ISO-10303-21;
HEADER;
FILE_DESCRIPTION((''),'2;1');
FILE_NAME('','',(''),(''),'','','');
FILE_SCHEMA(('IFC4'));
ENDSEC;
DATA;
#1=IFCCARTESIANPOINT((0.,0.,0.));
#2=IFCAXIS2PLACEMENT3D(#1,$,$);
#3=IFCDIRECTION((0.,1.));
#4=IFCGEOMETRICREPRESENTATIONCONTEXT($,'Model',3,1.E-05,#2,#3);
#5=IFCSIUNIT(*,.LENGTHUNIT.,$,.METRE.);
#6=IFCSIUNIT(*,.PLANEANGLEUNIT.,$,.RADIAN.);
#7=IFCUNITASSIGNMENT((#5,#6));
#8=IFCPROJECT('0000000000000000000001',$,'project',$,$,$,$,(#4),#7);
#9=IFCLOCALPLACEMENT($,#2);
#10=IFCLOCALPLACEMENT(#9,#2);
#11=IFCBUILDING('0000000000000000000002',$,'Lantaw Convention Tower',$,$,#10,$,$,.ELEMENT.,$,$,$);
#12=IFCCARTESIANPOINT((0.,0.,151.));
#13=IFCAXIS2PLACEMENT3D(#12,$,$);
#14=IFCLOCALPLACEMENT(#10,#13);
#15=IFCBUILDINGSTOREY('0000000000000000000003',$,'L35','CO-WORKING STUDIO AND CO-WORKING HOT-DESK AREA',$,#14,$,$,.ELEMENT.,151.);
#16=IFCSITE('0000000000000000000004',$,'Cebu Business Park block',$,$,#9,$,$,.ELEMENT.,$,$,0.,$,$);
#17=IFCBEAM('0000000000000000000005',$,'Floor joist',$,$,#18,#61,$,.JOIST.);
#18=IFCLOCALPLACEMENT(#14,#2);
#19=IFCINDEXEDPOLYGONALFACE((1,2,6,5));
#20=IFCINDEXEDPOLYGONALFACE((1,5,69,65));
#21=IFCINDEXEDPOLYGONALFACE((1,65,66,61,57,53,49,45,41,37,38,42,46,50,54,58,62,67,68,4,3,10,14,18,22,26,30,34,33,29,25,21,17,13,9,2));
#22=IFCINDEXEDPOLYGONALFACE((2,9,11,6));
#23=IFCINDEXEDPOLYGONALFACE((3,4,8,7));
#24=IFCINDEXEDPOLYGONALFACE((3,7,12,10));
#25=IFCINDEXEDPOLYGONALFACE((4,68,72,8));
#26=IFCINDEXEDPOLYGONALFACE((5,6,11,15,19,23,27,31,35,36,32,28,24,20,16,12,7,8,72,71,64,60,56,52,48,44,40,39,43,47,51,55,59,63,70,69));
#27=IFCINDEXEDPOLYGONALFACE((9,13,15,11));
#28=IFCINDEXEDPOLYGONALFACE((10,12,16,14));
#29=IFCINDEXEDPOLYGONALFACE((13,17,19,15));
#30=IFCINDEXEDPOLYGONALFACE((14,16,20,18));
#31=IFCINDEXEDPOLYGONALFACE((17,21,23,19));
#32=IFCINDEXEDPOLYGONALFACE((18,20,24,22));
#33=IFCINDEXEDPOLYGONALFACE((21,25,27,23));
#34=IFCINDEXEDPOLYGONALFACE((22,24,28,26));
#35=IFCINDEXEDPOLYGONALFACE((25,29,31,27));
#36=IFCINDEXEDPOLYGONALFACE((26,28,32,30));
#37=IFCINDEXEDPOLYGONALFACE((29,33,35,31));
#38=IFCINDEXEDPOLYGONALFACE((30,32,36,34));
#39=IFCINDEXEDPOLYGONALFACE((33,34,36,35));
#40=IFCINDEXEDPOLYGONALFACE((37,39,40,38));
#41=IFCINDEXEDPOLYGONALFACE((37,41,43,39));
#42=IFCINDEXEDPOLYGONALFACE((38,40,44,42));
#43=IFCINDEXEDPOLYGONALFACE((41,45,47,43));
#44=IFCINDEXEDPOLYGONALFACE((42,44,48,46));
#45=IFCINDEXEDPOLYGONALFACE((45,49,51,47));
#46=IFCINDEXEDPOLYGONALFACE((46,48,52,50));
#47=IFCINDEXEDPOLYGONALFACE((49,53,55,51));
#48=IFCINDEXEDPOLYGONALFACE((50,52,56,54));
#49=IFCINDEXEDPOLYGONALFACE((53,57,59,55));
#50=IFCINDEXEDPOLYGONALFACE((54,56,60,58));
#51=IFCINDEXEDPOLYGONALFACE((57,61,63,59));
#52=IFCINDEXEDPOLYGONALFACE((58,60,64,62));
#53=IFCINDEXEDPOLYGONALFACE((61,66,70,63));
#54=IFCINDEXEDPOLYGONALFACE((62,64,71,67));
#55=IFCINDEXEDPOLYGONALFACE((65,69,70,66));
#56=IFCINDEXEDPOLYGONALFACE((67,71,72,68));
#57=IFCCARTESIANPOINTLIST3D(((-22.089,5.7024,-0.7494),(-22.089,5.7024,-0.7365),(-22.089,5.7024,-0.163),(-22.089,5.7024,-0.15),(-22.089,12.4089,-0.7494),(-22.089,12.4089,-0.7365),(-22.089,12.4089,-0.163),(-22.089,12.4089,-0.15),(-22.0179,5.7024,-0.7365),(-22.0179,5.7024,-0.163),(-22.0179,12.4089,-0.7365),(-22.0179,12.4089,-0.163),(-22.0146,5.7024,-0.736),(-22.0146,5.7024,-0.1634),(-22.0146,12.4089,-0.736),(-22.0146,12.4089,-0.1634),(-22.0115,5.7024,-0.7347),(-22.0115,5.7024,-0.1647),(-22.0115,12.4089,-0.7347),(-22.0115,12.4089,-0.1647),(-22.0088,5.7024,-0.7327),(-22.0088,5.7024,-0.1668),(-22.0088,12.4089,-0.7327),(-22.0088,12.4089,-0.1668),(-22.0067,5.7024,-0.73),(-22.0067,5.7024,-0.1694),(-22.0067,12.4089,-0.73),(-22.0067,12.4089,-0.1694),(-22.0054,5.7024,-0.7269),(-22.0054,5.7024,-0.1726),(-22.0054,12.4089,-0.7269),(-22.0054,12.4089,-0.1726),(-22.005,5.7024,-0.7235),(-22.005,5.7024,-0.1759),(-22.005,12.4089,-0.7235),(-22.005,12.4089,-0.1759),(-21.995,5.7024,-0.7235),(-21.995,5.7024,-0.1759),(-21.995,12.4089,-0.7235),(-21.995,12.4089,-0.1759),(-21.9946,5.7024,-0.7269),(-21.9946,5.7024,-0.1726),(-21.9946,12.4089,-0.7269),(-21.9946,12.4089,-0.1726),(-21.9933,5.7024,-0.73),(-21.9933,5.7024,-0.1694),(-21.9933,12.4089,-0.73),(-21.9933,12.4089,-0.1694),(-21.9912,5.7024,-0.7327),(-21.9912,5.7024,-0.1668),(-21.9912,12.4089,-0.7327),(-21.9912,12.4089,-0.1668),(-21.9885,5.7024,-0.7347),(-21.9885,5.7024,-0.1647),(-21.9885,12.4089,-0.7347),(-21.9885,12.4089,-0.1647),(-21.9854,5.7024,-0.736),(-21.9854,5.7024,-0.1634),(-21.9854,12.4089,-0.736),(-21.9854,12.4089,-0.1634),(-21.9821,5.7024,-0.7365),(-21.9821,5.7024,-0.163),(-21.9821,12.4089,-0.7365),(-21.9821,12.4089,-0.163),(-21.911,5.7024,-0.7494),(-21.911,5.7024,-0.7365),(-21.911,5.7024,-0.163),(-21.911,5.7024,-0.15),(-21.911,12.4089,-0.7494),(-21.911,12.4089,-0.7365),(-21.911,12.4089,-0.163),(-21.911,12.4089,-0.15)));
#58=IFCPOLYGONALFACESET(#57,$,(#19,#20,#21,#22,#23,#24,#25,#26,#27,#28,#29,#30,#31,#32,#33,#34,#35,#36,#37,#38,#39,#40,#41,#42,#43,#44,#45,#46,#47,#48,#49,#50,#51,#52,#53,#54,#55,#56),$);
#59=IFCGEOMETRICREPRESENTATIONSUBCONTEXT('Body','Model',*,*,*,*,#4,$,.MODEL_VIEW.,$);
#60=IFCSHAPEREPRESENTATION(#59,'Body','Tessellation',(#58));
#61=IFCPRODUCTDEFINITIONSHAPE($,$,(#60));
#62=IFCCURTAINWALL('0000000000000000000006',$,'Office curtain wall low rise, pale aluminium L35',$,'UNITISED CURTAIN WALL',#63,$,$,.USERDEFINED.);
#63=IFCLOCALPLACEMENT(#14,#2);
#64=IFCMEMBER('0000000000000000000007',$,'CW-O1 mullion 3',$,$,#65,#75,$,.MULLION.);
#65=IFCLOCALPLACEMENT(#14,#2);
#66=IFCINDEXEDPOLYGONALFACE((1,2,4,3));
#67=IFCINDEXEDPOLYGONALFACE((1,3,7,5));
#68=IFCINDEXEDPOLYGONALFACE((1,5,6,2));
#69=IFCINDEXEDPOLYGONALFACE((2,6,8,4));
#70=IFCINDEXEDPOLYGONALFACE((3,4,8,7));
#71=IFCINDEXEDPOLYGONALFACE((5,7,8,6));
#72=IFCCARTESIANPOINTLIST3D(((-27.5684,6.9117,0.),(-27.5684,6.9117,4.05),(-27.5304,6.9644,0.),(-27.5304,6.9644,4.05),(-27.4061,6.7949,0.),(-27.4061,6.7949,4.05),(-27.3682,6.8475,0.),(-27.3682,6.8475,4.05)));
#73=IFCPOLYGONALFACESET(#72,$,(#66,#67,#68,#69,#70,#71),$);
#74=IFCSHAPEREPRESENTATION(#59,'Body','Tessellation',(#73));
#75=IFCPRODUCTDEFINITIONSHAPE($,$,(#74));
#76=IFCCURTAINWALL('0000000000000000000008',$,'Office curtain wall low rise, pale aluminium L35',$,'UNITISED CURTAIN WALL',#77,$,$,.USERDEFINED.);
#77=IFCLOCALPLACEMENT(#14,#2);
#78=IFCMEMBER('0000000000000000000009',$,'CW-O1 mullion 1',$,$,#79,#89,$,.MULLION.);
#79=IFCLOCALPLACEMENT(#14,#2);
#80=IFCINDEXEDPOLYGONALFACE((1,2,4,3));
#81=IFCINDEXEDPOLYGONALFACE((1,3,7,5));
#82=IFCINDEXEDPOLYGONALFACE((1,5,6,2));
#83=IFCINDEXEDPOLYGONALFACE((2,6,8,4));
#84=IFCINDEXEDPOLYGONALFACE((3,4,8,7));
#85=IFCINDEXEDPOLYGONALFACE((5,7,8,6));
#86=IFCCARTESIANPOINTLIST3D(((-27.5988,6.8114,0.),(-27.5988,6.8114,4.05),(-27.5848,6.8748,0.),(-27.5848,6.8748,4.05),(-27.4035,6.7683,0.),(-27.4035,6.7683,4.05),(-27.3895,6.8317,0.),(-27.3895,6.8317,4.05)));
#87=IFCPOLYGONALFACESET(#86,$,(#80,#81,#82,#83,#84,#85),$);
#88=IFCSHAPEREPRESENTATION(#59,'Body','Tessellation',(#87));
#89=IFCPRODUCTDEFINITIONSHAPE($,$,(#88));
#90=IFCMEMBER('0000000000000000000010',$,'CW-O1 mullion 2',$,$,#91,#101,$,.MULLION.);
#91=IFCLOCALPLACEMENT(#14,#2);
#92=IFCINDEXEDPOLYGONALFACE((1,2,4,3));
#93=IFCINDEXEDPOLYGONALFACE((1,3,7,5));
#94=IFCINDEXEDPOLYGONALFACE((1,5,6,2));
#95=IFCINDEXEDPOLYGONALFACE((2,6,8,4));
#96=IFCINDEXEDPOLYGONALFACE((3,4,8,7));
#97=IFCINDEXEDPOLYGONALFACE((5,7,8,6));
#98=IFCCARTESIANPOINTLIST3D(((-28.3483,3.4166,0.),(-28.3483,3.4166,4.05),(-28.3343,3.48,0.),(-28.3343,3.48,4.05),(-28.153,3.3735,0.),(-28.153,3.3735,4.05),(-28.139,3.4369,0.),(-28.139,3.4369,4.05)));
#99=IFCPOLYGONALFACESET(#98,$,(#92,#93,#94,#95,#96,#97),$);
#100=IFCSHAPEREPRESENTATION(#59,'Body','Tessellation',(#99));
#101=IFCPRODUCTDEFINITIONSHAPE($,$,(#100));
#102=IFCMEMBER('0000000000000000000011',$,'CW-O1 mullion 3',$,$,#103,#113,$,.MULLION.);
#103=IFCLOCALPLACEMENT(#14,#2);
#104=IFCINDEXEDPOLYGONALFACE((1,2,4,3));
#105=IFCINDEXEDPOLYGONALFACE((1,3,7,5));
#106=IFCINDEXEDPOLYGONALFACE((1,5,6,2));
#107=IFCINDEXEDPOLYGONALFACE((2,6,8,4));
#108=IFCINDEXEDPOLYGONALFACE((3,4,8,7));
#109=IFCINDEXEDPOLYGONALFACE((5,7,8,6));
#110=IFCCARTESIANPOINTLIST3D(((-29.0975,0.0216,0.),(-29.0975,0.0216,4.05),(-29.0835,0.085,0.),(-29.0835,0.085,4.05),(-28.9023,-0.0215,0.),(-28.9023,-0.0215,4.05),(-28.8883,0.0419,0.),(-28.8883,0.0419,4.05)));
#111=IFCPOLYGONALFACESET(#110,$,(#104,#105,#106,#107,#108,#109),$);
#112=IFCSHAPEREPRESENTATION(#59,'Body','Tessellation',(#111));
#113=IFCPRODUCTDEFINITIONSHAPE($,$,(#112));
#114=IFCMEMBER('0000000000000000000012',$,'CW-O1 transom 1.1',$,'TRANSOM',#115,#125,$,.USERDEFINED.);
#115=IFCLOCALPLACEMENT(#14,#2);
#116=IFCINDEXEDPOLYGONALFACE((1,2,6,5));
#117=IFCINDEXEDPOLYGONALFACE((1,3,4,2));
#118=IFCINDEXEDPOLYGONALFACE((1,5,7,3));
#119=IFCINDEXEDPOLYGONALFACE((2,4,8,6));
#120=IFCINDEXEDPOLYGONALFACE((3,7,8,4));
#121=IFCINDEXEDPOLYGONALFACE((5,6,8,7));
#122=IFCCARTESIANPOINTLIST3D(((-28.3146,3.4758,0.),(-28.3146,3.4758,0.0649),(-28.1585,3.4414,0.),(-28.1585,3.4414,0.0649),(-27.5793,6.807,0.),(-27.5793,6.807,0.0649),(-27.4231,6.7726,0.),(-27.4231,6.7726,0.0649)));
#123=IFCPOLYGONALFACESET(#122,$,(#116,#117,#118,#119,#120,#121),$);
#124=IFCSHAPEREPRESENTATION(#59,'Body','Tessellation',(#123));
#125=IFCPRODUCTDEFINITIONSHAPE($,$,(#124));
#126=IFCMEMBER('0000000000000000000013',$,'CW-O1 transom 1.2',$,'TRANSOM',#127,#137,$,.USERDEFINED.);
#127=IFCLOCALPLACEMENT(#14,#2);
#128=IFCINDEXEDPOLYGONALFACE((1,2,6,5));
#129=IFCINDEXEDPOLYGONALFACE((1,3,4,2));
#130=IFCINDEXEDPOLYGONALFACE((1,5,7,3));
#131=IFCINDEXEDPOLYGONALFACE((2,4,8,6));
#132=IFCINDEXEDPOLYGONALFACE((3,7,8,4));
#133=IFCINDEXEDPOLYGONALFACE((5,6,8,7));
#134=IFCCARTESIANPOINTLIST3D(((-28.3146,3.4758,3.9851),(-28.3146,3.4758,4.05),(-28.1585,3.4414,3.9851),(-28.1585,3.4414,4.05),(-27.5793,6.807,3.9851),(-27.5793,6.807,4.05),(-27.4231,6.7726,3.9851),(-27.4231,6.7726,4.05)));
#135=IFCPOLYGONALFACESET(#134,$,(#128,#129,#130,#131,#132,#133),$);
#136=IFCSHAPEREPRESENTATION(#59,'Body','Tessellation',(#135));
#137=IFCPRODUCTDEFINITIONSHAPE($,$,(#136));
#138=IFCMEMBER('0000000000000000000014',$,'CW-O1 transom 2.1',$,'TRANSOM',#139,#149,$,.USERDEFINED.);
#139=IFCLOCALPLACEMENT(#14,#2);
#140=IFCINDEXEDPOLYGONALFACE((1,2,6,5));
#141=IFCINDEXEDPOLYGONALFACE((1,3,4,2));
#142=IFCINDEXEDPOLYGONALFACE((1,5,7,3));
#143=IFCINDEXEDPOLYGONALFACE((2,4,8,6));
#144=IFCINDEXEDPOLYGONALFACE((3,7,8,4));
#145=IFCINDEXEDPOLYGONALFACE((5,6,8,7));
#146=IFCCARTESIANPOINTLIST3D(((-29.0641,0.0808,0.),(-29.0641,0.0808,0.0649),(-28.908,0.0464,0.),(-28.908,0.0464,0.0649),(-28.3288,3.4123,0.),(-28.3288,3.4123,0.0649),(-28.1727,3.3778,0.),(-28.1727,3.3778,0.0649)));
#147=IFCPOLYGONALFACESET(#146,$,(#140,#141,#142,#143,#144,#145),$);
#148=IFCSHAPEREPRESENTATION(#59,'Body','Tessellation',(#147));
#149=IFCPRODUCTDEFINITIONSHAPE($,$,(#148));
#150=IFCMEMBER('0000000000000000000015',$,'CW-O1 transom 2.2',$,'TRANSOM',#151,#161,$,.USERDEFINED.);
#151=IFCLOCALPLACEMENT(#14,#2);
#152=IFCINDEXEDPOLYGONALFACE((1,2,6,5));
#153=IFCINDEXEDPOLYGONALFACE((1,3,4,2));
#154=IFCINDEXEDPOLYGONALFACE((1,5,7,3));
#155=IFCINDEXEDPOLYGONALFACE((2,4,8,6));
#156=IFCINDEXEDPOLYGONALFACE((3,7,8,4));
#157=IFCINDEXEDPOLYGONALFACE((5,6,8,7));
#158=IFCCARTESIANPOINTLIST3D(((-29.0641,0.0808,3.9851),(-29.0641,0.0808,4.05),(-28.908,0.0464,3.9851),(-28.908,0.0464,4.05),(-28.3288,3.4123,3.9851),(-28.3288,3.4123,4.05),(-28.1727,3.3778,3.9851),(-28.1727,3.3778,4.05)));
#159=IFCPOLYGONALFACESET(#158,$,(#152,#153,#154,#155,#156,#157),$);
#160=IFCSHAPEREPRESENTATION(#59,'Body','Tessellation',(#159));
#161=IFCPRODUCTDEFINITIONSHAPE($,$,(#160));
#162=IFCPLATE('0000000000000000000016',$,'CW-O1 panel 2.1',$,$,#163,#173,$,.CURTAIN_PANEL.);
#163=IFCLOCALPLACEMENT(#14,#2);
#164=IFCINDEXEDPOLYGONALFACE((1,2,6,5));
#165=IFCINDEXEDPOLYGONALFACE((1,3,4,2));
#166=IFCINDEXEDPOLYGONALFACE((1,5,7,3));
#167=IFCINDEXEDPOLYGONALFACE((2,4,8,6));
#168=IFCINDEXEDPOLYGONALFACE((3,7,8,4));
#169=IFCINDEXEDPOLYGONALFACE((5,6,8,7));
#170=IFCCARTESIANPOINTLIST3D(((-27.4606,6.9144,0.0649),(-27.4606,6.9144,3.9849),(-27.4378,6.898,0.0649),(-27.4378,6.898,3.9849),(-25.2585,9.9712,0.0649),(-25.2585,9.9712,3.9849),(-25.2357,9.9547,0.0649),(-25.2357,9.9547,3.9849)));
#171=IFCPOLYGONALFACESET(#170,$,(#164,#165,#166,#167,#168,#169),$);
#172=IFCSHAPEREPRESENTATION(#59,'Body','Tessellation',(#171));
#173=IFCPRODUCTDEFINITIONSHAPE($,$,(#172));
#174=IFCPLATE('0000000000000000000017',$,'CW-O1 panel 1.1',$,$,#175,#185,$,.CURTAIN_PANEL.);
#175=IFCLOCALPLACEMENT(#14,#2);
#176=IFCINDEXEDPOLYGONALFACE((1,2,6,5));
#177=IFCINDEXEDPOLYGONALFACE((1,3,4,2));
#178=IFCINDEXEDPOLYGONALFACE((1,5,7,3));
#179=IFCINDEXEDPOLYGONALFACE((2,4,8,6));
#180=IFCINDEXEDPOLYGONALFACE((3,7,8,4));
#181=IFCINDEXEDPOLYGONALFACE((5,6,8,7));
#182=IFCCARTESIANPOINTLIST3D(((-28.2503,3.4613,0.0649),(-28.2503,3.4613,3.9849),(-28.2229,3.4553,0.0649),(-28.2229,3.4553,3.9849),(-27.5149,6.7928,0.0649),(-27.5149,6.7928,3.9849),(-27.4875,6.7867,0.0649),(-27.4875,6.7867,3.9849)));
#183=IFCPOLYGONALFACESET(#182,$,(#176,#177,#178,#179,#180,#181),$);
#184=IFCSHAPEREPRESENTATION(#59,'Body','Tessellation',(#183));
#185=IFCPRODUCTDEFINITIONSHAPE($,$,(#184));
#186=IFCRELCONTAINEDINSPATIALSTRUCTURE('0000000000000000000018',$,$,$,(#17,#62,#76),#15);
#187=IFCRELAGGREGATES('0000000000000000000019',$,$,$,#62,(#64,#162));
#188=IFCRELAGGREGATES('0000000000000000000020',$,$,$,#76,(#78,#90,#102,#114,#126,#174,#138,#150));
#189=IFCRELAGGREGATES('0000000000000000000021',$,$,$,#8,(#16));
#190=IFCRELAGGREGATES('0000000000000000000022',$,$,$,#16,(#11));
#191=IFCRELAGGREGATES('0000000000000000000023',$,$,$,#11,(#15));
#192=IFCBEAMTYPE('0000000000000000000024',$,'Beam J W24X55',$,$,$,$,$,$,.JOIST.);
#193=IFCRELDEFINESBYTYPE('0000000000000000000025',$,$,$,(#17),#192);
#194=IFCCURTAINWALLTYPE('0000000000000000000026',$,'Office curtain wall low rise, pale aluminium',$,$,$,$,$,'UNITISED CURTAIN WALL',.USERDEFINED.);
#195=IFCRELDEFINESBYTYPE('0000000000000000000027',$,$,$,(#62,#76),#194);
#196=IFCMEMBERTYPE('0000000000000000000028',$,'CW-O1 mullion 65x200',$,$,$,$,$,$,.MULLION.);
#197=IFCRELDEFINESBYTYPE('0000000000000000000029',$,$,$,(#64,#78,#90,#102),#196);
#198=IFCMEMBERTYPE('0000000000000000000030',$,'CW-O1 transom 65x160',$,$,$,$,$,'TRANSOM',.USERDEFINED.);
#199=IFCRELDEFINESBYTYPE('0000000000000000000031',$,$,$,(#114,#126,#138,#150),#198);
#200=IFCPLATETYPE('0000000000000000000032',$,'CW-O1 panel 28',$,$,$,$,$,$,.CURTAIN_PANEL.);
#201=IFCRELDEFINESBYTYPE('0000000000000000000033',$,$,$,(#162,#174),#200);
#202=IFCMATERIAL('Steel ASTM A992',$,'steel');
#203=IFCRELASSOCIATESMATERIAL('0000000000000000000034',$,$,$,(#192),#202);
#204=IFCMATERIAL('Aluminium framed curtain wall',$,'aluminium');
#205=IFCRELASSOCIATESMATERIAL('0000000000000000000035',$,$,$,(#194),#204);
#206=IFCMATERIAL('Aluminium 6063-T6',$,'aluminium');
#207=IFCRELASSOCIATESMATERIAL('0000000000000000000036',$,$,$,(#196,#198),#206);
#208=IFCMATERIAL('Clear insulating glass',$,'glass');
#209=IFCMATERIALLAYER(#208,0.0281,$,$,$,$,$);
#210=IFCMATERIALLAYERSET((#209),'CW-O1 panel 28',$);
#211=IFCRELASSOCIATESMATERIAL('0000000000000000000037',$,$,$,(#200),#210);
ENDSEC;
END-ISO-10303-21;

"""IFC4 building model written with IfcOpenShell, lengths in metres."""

from ifc_helpers import new_model, si_unit, direction, frame, origin, origin_2d, place, context, subcontext, project, spatial, rectangle, i_section, extrude, material, layer, layer_set, material_profile, profile_set, type_object, element, aggregate, save


model = new_model("IFC4")

# Units and contexts
model_context = context("Model", 3, precision=1e-05, world=origin(), true_north=direction((0.0, 1.0)))
body_context = subcontext(model_context, "Body", "Model", "MODEL_VIEW")
ifc_project = project(units=[si_unit("LENGTHUNIT", "METRE"), si_unit("PLANEANGLEUNIT", "RADIAN")], contexts=[model_context])

# Site, building, storey
site_placement = place(None, origin())
site = spatial("IfcSite", under=ifc_project, at=site_placement, Name="Cebu Business Park block", CompositionType="ELEMENT", RefElevation=0.0)
building_placement = place(site_placement, origin())
building = spatial("IfcBuilding", under=site, at=building_placement, Name="Lantaw Convention Tower", CompositionType="ELEMENT")
storey_placement = place(building_placement, frame((0.0, 0.0, 151.0)))
storey = spatial("IfcBuildingStorey", under=building, at=storey_placement, Name="L35", Description="CO-WORKING STUDIO AND CO-WORKING HOT-DESK AREA", CompositionType="ELEMENT", Elevation=151.0)

# Beam
ifc_material_1 = material(Name="Steel ASTM A992", Category="steel")
ifc_material_profile_1 = material_profile(ifc_material_1, i_section(OverallWidth=0.178, OverallDepth=0.5994, WebThickness=0.01, FlangeThickness=0.0129, FilletRadius=0.0129, at=origin_2d()), Name="W24X55")
ifc_profile_set_1 = profile_set([ifc_material_profile_1], Name="Steel ASTM A992")
beam_type_1 = type_object("IfcBeamType", Name="Beam J W24X55", PredefinedType="JOIST", material=ifc_profile_set_1)
beam_1_placement = place(storey_placement, frame((-22.0, 5.7024, -0.4497), z_axis=(0.0, 1.0, 0.0), x_axis=(-1.0, 0.0, 0.0)))
element("IfcBeam", 1, at=beam_1_placement, inside=storey, type_object=beam_type_1, Name="Floor joist", PredefinedType="JOIST", context=body_context, shape_type="SweptSolid", body=[
    extrude(i_section(OverallWidth=0.178, OverallDepth=0.5994, WebThickness=0.01, FlangeThickness=0.0129, FilletRadius=0.0129, at=origin_2d()), origin(), (0.0, 0.0, 1.0), 6.7065),
])

# Curtain wall, member
ifc_material_2 = material(Name="Aluminium framed curtain wall", Category="aluminium")
curtain_wall_type = type_object("IfcCurtainWallType", Name="Office curtain wall low rise, pale aluminium", ElementType="UNITISED CURTAIN WALL", PredefinedType="USERDEFINED", material=ifc_material_2)
curtain_wall_1_placement = place(storey_placement, origin())
curtain_wall_1 = element("IfcCurtainWall", 2, at=curtain_wall_1_placement, inside=storey, type_object=curtain_wall_type, Name="Office curtain wall low rise, pale aluminium L35", ObjectType="UNITISED CURTAIN WALL", PredefinedType="USERDEFINED")
ifc_material_3 = material(Name="Aluminium 6063-T6", Category="aluminium")
ifc_material_profile_2 = material_profile(ifc_material_3, rectangle(XDim=0.2, YDim=0.0649, at=origin_2d()), Name="CW-O1 mullion 65x200")
ifc_profile_set_2 = profile_set([ifc_material_profile_2], Name="Aluminium 6063-T6")
member_type_1 = type_object("IfcMemberType", Name="CW-O1 mullion 65x200", PredefinedType="MULLION", material=ifc_profile_set_2)
member_1_placement = place(storey_placement, frame((-27.4683, 6.8796, 0.0), z_axis=(0.0, 0.0, 1.0), x_axis=(0.811385, -0.584513, 0.0)))
member_1 = element("IfcMember", 3, at=member_1_placement, type_object=member_type_1, Name="CW-O1 mullion 3", PredefinedType="MULLION", context=body_context, shape_type="SweptSolid", body=[
    extrude(rectangle(XDim=0.2, YDim=0.0649, at=origin_2d()), origin(), (0.0, 0.0, 1.0), 4.05),
])

# Curtain wall, members
curtain_wall_2_placement = place(storey_placement, origin())
curtain_wall_2 = element("IfcCurtainWall", 4, at=curtain_wall_2_placement, inside=storey, type_object=curtain_wall_type, Name="Office curtain wall low rise, pale aluminium L35", ObjectType="UNITISED CURTAIN WALL", PredefinedType="USERDEFINED")
member_2_placement = place(storey_placement, frame((-27.4941, 6.8215, 0.0), z_axis=(0.0, 0.0, 1.0), x_axis=(0.976494, -0.215546, 0.0)))
member_2 = element("IfcMember", 5, at=member_2_placement, type_object=member_type_1, Name="CW-O1 mullion 1", PredefinedType="MULLION", context=body_context, shape_type="SweptSolid", body=[
    extrude(rectangle(XDim=0.2, YDim=0.0649, at=origin_2d()), origin(), (0.0, 0.0, 1.0), 4.05),
])
member_3_placement = place(storey_placement, frame((-28.2437, 3.4268, 0.0), z_axis=(0.0, 0.0, 1.0), x_axis=(0.976494, -0.215546, 0.0)))
member_3 = element("IfcMember", 6, at=member_3_placement, type_object=member_type_1, Name="CW-O1 mullion 2", PredefinedType="MULLION", context=body_context, shape_type="SweptSolid", body=[
    extrude(rectangle(XDim=0.2, YDim=0.0649, at=origin_2d()), origin(), (0.0, 0.0, 1.0), 4.05),
])
member_4_placement = place(storey_placement, frame((-28.9929, 0.0317, 0.0), z_axis=(0.0, 0.0, 1.0), x_axis=(0.976494, -0.215546, 0.0)))
member_4 = element("IfcMember", 7, at=member_4_placement, type_object=member_type_1, Name="CW-O1 mullion 3", PredefinedType="MULLION", context=body_context, shape_type="SweptSolid", body=[
    extrude(rectangle(XDim=0.2, YDim=0.0649, at=origin_2d()), origin(), (0.0, 0.0, 1.0), 4.05),
])
ifc_material_profile_3 = material_profile(ifc_material_3, rectangle(XDim=0.1599, YDim=0.0649, at=origin_2d()), Name="CW-O1 transom 65x160")
ifc_profile_set_3 = profile_set([ifc_material_profile_3], Name="Aluminium 6063-T6")
member_type_2 = type_object("IfcMemberType", Name="CW-O1 transom 65x160", ElementType="TRANSOM", PredefinedType="USERDEFINED", material=ifc_profile_set_3)
member_5_placement = place(storey_placement, frame((-27.5012, 6.7898, 0.0325), z_axis=(-0.215551, -0.976493, 0.0), x_axis=(0.976493, -0.215551, 0.0)))
member_5 = element("IfcMember", 8, at=member_5_placement, type_object=member_type_2, Name="CW-O1 transom 1.1", ObjectType="TRANSOM", PredefinedType="USERDEFINED", context=body_context, shape_type="SweptSolid", body=[
    extrude(rectangle(XDim=0.1599, YDim=0.0649, at=origin_2d()), origin(), (0.0, 0.0, 1.0), 3.4114),
])
member_6_placement = place(storey_placement, frame((-27.5012, 6.7898, 4.0176), z_axis=(-0.215551, -0.976493, 0.0), x_axis=(0.976493, -0.215551, 0.0)))
member_6 = element("IfcMember", 9, at=member_6_placement, type_object=member_type_2, Name="CW-O1 transom 1.2", ObjectType="TRANSOM", PredefinedType="USERDEFINED", context=body_context, shape_type="SweptSolid", body=[
    extrude(rectangle(XDim=0.1599, YDim=0.0649, at=origin_2d()), origin(), (0.0, 0.0, 1.0), 3.4114),
])
member_7_placement = place(storey_placement, frame((-28.2507, 3.395, 0.0325), z_axis=(-0.215536, -0.976496, 0.0), x_axis=(0.976496, -0.215536, 0.0)))
member_7 = element("IfcMember", 10, at=member_7_placement, type_object=member_type_2, Name="CW-O1 transom 2.1", ObjectType="TRANSOM", PredefinedType="USERDEFINED", context=body_context, shape_type="SweptSolid", body=[
    extrude(rectangle(XDim=0.1599, YDim=0.0649, at=origin_2d()), origin(), (0.0, 0.0, 1.0), 3.4116),
])
member_8_placement = place(storey_placement, frame((-28.2507, 3.395, 4.0176), z_axis=(-0.215536, -0.976496, 0.0), x_axis=(0.976496, -0.215536, 0.0)))
member_8 = element("IfcMember", 11, at=member_8_placement, type_object=member_type_2, Name="CW-O1 transom 2.2", ObjectType="TRANSOM", PredefinedType="USERDEFINED", context=body_context, shape_type="SweptSolid", body=[
    extrude(rectangle(XDim=0.1599, YDim=0.0649, at=origin_2d()), origin(), (0.0, 0.0, 1.0), 3.4116),
])

# Plates
ifc_material_4 = material(Name="Clear insulating glass", Category="glass")
ifc_layer_1 = layer(ifc_material_4, 0.0281)
ifc_layer_set_1 = layer_set([ifc_layer_1], Name="CW-O1 panel 28")
plate_type_1 = type_object("IfcPlateType", Name="CW-O1 panel 28", PredefinedType="CURTAIN_PANEL", material=ifc_layer_set_1)
plate_1_placement = place(storey_placement, frame((-26.3481, 8.4346, 0.0649), z_axis=(0.0, 0.0, 1.0), x_axis=(-0.584513, -0.811385, 0.0)))
plate_1 = element("IfcPlate", 12, at=plate_1_placement, type_object=plate_type_1, Name="CW-O1 panel 2.1", PredefinedType="CURTAIN_PANEL", context=body_context, shape_type="SweptSolid", body=[
    extrude(rectangle(XDim=3.7673, YDim=0.0281, at=origin_2d()), origin(), (0.0, 0.0, 1.0), 3.9199),
])
aggregate(curtain_wall_1, [member_1, plate_1])
plate_2_placement = place(storey_placement, frame((-27.8689, 5.124, 0.0649), z_axis=(0.0, 0.0, 1.0), x_axis=(-0.215546, -0.976494, 0.0)))
plate_2 = element("IfcPlate", 13, at=plate_2_placement, type_object=plate_type_1, Name="CW-O1 panel 1.1", PredefinedType="CURTAIN_PANEL", context=body_context, shape_type="SweptSolid", body=[
    extrude(rectangle(XDim=3.4116, YDim=0.0281, at=origin_2d()), origin(), (0.0, 0.0, 1.0), 3.9199),
])
aggregate(curtain_wall_2, [member_2, member_3, member_4, member_5, member_6, plate_2, member_7, member_8])

save(model, "model.ifc")
